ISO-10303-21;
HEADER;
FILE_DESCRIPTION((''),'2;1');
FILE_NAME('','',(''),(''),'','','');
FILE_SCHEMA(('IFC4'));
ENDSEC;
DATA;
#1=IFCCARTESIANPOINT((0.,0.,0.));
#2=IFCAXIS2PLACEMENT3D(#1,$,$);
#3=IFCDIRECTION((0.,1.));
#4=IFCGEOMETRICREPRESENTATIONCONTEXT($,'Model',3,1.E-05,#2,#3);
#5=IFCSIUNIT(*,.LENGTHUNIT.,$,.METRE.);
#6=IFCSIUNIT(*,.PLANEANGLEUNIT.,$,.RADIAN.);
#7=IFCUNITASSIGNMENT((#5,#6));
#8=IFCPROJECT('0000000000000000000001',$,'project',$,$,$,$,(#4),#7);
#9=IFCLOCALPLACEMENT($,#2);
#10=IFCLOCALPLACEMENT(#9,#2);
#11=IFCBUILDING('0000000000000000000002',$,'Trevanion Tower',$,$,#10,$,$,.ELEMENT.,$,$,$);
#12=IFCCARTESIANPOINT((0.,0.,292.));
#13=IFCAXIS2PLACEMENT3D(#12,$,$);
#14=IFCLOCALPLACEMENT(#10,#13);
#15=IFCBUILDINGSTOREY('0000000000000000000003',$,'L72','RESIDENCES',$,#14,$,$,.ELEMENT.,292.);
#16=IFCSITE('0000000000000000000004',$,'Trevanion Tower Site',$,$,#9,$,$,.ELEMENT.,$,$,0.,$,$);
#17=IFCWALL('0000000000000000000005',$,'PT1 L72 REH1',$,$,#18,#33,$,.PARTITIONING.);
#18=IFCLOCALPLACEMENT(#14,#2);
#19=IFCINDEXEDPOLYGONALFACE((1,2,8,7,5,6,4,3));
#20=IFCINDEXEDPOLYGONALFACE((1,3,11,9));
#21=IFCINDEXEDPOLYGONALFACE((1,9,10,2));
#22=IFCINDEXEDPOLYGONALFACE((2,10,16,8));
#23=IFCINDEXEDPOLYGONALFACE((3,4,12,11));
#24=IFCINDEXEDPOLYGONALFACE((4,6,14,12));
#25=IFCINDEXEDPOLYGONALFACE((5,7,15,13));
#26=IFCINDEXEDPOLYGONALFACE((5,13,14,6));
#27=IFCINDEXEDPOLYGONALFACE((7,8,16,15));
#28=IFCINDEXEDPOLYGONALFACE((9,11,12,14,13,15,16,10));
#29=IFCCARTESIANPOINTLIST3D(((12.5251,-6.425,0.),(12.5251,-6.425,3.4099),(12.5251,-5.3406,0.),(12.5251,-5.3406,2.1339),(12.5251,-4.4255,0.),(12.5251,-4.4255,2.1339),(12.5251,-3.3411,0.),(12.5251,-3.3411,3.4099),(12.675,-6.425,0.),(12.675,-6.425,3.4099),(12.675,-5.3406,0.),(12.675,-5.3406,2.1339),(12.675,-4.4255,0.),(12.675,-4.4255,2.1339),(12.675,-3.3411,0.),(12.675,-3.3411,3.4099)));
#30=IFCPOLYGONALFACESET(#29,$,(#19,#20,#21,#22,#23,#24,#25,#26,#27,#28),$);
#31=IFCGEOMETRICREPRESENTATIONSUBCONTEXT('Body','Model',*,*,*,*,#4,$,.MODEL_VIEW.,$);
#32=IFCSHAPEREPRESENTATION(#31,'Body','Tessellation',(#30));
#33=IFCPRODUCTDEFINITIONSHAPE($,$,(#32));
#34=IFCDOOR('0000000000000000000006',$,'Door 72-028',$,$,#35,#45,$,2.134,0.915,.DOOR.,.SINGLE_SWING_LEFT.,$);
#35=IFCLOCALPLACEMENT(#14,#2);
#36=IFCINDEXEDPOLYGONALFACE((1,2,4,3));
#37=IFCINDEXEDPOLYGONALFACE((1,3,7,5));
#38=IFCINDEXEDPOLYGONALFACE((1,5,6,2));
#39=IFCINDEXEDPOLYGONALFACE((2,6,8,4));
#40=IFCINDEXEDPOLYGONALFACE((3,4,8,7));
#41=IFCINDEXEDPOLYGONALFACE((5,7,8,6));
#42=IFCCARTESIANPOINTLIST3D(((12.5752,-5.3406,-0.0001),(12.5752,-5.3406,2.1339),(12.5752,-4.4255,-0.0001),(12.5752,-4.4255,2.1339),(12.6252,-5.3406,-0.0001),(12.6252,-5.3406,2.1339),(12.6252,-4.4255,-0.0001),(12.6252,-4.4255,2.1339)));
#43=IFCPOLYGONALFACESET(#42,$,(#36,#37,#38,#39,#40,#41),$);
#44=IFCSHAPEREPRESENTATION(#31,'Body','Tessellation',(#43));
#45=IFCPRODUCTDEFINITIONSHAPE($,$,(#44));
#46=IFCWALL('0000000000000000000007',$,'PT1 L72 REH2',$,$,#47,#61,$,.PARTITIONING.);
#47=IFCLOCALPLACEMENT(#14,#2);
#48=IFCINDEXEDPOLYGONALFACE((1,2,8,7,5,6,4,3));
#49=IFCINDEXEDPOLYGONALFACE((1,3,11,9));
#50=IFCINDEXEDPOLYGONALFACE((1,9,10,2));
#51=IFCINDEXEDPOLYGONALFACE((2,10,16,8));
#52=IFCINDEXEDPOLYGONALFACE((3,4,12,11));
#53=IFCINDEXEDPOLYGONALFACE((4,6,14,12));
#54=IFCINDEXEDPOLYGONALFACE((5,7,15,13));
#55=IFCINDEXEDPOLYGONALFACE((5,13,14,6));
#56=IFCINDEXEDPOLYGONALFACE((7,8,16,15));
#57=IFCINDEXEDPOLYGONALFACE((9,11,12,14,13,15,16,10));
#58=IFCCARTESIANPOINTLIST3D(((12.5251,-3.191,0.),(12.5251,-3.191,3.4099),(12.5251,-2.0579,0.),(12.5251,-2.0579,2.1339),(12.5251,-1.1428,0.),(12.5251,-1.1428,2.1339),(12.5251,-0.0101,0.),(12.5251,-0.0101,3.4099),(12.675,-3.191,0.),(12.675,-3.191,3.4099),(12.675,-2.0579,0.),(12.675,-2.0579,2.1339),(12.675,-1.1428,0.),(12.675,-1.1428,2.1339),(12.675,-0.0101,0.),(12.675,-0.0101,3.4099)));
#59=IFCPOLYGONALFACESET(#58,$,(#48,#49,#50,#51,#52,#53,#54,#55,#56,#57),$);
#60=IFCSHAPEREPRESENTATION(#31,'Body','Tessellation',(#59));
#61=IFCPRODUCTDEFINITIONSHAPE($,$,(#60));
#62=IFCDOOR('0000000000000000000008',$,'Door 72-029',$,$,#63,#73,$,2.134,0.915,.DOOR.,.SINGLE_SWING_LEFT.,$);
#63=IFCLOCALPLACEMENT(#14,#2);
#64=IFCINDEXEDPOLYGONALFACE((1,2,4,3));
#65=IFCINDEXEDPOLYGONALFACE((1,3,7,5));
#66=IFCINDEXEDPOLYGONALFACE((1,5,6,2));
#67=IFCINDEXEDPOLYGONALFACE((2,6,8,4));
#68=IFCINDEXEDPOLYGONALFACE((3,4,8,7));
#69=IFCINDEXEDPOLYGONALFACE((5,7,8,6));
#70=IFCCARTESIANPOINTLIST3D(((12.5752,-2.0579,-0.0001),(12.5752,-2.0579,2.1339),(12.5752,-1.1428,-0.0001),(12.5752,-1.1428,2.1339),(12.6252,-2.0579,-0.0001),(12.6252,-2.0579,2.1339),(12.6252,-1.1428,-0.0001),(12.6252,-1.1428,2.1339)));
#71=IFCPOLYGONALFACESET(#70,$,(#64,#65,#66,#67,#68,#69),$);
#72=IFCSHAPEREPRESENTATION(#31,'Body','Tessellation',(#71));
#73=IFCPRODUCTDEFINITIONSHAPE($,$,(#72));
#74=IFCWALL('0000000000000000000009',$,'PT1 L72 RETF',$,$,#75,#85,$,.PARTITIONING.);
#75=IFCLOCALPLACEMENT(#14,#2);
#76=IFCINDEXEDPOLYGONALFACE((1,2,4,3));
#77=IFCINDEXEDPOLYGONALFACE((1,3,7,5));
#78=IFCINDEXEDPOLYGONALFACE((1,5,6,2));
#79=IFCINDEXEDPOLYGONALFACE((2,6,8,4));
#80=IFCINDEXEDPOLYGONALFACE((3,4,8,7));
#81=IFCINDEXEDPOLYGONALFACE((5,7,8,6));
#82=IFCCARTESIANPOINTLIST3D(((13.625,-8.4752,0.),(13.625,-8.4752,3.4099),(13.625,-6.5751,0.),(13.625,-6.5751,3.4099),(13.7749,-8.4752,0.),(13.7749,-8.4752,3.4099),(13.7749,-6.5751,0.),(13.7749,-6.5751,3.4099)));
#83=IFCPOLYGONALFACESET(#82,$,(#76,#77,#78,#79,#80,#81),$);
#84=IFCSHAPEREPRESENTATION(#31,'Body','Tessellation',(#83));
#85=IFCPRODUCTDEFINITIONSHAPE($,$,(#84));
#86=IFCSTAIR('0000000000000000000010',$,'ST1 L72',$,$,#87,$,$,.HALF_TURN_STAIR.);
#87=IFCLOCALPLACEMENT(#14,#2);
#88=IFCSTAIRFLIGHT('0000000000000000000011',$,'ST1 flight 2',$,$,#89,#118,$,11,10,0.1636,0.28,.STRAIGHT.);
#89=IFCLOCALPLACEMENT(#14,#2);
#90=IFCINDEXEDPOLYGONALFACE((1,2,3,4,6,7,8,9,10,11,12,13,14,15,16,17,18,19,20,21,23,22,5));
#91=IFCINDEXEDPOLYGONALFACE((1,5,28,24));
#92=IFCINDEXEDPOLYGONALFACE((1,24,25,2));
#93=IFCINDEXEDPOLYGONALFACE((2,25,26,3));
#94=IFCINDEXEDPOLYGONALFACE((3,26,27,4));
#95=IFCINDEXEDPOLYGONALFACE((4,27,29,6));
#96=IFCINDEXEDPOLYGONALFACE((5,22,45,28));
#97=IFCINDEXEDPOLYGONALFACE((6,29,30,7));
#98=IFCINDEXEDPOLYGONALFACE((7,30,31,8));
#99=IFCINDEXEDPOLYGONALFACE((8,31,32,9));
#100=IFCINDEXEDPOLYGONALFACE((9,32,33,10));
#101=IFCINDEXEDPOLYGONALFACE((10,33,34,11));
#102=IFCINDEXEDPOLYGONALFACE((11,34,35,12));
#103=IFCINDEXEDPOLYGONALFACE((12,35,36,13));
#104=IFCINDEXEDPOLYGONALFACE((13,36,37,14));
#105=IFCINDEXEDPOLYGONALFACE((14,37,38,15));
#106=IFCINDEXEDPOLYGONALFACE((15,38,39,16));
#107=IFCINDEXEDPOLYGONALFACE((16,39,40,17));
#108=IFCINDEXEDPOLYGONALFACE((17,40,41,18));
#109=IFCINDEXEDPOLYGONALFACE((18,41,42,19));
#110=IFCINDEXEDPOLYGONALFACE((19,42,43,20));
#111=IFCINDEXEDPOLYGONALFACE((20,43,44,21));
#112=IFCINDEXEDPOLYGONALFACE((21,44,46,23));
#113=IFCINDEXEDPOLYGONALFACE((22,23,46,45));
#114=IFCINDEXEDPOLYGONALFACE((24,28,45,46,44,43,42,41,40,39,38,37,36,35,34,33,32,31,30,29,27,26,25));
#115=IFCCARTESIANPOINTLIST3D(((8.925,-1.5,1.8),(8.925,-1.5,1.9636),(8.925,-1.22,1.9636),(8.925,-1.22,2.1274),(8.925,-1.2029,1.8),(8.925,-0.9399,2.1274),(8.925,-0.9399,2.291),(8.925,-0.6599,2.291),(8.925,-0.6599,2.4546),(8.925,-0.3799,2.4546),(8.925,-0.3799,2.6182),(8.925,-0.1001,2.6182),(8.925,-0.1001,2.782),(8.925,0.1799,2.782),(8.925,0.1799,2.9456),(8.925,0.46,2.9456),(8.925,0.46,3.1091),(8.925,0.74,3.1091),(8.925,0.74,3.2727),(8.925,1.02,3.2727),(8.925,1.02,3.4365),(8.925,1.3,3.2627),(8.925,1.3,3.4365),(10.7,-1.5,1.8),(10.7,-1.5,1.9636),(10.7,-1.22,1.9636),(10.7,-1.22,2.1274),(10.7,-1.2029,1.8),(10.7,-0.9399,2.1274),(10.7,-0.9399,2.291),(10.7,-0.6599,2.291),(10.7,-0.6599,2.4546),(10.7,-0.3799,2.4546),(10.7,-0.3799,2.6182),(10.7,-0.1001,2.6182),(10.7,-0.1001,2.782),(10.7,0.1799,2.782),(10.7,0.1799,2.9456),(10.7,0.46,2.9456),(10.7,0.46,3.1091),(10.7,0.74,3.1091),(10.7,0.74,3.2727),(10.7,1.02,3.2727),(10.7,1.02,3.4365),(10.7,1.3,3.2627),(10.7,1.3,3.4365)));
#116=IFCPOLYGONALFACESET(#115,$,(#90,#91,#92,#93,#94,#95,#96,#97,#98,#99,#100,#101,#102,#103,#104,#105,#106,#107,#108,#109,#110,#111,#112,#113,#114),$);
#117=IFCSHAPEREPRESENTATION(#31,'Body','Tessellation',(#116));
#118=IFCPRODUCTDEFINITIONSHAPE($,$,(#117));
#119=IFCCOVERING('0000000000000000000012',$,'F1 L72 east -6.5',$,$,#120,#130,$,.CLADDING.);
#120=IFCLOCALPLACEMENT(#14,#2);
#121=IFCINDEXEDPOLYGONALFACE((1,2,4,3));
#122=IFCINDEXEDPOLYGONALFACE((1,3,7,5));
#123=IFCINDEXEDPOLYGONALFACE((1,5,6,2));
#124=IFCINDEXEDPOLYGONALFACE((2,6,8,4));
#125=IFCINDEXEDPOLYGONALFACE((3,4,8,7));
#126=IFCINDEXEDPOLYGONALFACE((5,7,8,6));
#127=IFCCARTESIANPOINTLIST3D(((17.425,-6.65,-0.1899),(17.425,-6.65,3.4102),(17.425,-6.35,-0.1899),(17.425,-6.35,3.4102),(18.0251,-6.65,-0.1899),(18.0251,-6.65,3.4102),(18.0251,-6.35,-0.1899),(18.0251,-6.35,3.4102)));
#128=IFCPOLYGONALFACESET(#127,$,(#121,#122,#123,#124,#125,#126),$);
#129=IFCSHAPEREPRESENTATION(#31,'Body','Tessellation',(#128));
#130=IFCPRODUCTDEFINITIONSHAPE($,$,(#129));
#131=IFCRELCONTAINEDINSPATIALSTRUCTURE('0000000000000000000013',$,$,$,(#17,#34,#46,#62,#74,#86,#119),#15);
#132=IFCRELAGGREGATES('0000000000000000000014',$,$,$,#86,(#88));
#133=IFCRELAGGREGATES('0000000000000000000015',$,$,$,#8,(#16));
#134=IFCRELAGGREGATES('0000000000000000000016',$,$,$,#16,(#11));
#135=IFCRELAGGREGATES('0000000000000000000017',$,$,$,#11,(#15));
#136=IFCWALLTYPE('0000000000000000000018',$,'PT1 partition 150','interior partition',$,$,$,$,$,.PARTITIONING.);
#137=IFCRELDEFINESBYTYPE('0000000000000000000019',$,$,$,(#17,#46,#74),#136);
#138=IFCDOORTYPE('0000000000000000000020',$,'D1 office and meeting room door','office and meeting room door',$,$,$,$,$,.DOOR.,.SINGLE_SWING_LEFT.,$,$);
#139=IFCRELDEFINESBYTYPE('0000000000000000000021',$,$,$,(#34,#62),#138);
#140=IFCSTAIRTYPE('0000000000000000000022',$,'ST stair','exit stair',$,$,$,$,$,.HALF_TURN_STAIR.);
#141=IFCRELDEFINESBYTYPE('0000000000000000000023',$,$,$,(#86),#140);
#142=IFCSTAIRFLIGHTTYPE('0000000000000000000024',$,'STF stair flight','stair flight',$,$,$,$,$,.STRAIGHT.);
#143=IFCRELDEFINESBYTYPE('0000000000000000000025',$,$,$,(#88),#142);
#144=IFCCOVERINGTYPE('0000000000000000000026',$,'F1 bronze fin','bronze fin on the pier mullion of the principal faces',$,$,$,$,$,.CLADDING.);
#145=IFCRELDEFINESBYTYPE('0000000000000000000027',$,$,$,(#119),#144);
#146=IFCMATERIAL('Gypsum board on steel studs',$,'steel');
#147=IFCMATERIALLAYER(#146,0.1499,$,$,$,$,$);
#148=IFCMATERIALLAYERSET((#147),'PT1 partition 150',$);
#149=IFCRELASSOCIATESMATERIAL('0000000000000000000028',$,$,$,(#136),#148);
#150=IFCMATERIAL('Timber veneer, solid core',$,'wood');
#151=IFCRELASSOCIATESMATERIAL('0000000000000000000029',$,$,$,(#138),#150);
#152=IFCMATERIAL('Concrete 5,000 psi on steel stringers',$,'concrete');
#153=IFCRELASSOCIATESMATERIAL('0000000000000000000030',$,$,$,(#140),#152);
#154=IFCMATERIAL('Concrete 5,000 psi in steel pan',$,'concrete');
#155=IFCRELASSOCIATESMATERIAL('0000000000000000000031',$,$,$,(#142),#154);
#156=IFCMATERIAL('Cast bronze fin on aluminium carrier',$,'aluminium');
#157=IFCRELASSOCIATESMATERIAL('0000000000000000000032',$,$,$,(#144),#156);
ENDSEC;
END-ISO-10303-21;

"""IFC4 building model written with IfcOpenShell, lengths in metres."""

from ifc_helpers import new_model, si_unit, direction, frame, frame_2d, origin, origin_2d, place, context, subcontext, project, spatial, polyline, rectangle, outline, extrude, material, layer, layer_set, type_object, element, fill, aggregate, save


model = new_model("IFC4")

# Units and contexts
model_context = context("Model", 3, precision=1e-05, world=origin(), true_north=direction((0.0, 1.0)))
body_context = subcontext(model_context, "Body", "Model", "MODEL_VIEW")
ifc_project = project(units=[si_unit("LENGTHUNIT", "METRE"), si_unit("PLANEANGLEUNIT", "RADIAN")], contexts=[model_context])

# Site, building, storey
site_placement = place(None, origin())
site = spatial("IfcSite", under=ifc_project, at=site_placement, Name="Trevanion Tower Site", CompositionType="ELEMENT", RefElevation=0.0)
building_placement = place(site_placement, origin())
building = spatial("IfcBuilding", under=site, at=building_placement, Name="Trevanion Tower", CompositionType="ELEMENT")
storey_placement = place(building_placement, frame((0.0, 0.0, 292.0)))
storey = spatial("IfcBuildingStorey", under=building, at=storey_placement, Name="L72", Description="RESIDENCES", CompositionType="ELEMENT", Elevation=292.0)

# Shared definitions
ifc_material_1 = material(Name="Gypsum board on steel studs", Category="steel")
ifc_layer_1 = layer(ifc_material_1, 0.1499)
ifc_layer_set_1 = layer_set([ifc_layer_1], Name="PT1 partition 150")
wall_type = type_object("IfcWallType", Name="PT1 partition 150", Description="interior partition", PredefinedType="PARTITIONING", material=ifc_layer_set_1)
ifc_material_2 = material(Name="Timber veneer, solid core", Category="wood")
door_type_1 = type_object("IfcDoorType", Name="D1 office and meeting room door", Description="office and meeting room door", OperationType="SINGLE_SWING_LEFT", PredefinedType="DOOR", material=ifc_material_2)

# Walls, openings, doors
wall_1_placement = place(storey_placement, frame((12.6001, -6.425, 0.0), z_axis=(0.0, 0.0, 1.0), x_axis=(0.0, 1.0, 0.0)))
wall_1 = element("IfcWall", 1, at=wall_1_placement, inside=storey, type_object=wall_type, Name="PT1 L72 REH1", PredefinedType="PARTITIONING", context=body_context, shape_type="SweptSolid", body=[
    extrude(rectangle(XDim=3.084, YDim=0.1499, at=frame_2d((1.542, 0.0))), origin(), (0.0, 0.0, 1.0), 3.4099),
])
opening_1_placement = place(wall_1_placement, frame((1.0845, 0.0, 0.0)))
opening_1 = element("IfcOpeningElement", 2, at=opening_1_placement, cuts=wall_1, PredefinedType="OPENING", context=body_context, shape_type="SweptSolid", body=[
    extrude(rectangle(XDim=0.915, YDim=2.134, at=frame_2d((0.4575, 1.0669))), frame((0.0, 0.085, 0.0), z_axis=(0.0, -1.0, 0.0), x_axis=(1.0, 0.0, 0.0)), (0.0, 0.0, 1.0), 0.1699),
])
door_1_placement = place(opening_1_placement, origin())
door_1 = element("IfcDoor", 3, at=door_1_placement, inside=storey, type_object=door_type_1, Name="Door 72-028", OperationType="SINGLE_SWING_LEFT", OverallHeight=2.134, OverallWidth=0.915, PredefinedType="DOOR", context=body_context, shape_type="SweptSolid", body=[
    extrude(rectangle(XDim=0.915, YDim=2.134, at=frame_2d((0.4575, 1.0669))), frame((0.0, 0.0249, 0.0), z_axis=(0.0, -1.0, 0.0), x_axis=(1.0, 0.0, 0.0)), (0.0, 0.0, 1.0), 0.05),
])
fill(opening_1, door_1)
wall_2_placement = place(storey_placement, frame((12.6001, -3.1909, 0.0), z_axis=(0.0, 0.0, 1.0), x_axis=(0.0, 1.0, 0.0)))
wall_2 = element("IfcWall", 4, at=wall_2_placement, inside=storey, type_object=wall_type, Name="PT1 L72 REH2", PredefinedType="PARTITIONING", context=body_context, shape_type="SweptSolid", body=[
    extrude(rectangle(XDim=3.1809, YDim=0.1499, at=frame_2d((1.5903, 0.0))), origin(), (0.0, 0.0, 1.0), 3.4099),
])
opening_2_placement = place(wall_2_placement, frame((1.1331, 0.0, 0.0)))
opening_2 = element("IfcOpeningElement", 5, at=opening_2_placement, cuts=wall_2, PredefinedType="OPENING", context=body_context, shape_type="SweptSolid", body=[
    extrude(rectangle(XDim=0.915, YDim=2.134, at=frame_2d((0.4575, 1.0669))), frame((0.0, 0.085, 0.0), z_axis=(0.0, -1.0, 0.0), x_axis=(1.0, 0.0, 0.0)), (0.0, 0.0, 1.0), 0.1699),
])
door_2_placement = place(opening_2_placement, origin())
door_2 = element("IfcDoor", 6, at=door_2_placement, inside=storey, type_object=door_type_1, Name="Door 72-029", OperationType="SINGLE_SWING_LEFT", OverallHeight=2.134, OverallWidth=0.915, PredefinedType="DOOR", context=body_context, shape_type="SweptSolid", body=[
    extrude(rectangle(XDim=0.915, YDim=2.134, at=frame_2d((0.4575, 1.0669))), frame((0.0, 0.0249, 0.0), z_axis=(0.0, -1.0, 0.0), x_axis=(1.0, 0.0, 0.0)), (0.0, 0.0, 1.0), 0.05),
])
fill(opening_2, door_2)

# Wall
wall_3_placement = place(storey_placement, frame((13.7, -6.575, 0.0), z_axis=(0.0, 0.0, 1.0), x_axis=(0.0, -1.0, 0.0)))
element("IfcWall", 7, at=wall_3_placement, inside=storey, type_object=wall_type, Name="PT1 L72 RETF", PredefinedType="PARTITIONING", context=body_context, shape_type="SweptSolid", body=[
    extrude(rectangle(XDim=1.9001, YDim=0.1499, at=frame_2d((0.9502, 0.0))), origin(), (0.0, 0.0, 1.0), 3.4099),
])

# Stair, stair flight
ifc_material_3 = material(Name="Concrete 5,000 psi on steel stringers", Category="concrete")
stair_type = type_object("IfcStairType", Name="ST stair", Description="exit stair", PredefinedType="HALF_TURN_STAIR", material=ifc_material_3)
stair_placement = place(storey_placement, origin())
stair = element("IfcStair", 8, at=stair_placement, inside=storey, type_object=stair_type, Name="ST1 L72", PredefinedType="HALF_TURN_STAIR")
ifc_material_4 = material(Name="Concrete 5,000 psi in steel pan", Category="concrete")
stair_flight_type = type_object("IfcStairFlightType", Name="STF stair flight", Description="stair flight", PredefinedType="STRAIGHT", material=ifc_material_4)
stair_flight_placement = place(storey_placement, frame((9.8125, -1.5, 1.8), z_axis=(0.0, 0.0, 1.0), x_axis=(0.0, 1.0, 0.0)))
stair_flight = element("IfcStairFlight", 9, at=stair_flight_placement, type_object=stair_flight_type, Name="ST1 flight 2", NumberOfRisers=11, NumberOfTreads=10, PredefinedType="STRAIGHT", RiserHeight=0.1636, TreadLength=0.28, context=body_context, shape_type="SweptSolid", body=[
    extrude(outline(polyline([(0.0, 0.0), (0.0, 0.1636), (0.28, 0.1636), (0.28, 0.3274), (0.5601, 0.3274), (0.5601, 0.491), (0.8401, 0.491), (0.8401, 0.6545), (1.1201, 0.6545), (1.1201, 0.8181), (1.3999, 0.8181), (1.3999, 0.9819), (1.6799, 0.9819), (1.6799, 1.1455), (1.96, 1.1455), (1.96, 1.3091), (2.24, 1.3091), (2.24, 1.4727), (2.52, 1.4727), (2.52, 1.6365), (2.8, 1.6365), (2.8, 1.8), (2.8, 1.4626), (0.2971, 0.0), (0.0, 0.0)])), frame((0.0, 0.8875, 0.0), z_axis=(0.0, -1.0, 0.0), x_axis=(1.0, 0.0, 0.0)), (0.0, 0.0, 1.0), 1.7749),
])
aggregate(stair, [stair_flight])

# Covering
ifc_material_5 = material(Name="Cast bronze fin on aluminium carrier", Category="aluminium")
covering_type = type_object("IfcCoveringType", Name="F1 bronze fin", Description="bronze fin on the pier mullion of the principal faces", PredefinedType="CLADDING", material=ifc_material_5)
covering_placement = place(storey_placement, frame((17.7251, -6.5, -0.1899), z_axis=(0.0, 0.0, 1.0), x_axis=(0.0, 1.0, 0.0)))
element("IfcCovering", 10, at=covering_placement, inside=storey, type_object=covering_type, Name="F1 L72 east -6.5", PredefinedType="CLADDING", context=body_context, shape_type="SweptSolid", body=[
    extrude(rectangle(XDim=0.3, YDim=0.6001, at=origin_2d()), origin(), (0.0, 0.0, 1.0), 3.6001),
])

save(model, "model.ifc")
